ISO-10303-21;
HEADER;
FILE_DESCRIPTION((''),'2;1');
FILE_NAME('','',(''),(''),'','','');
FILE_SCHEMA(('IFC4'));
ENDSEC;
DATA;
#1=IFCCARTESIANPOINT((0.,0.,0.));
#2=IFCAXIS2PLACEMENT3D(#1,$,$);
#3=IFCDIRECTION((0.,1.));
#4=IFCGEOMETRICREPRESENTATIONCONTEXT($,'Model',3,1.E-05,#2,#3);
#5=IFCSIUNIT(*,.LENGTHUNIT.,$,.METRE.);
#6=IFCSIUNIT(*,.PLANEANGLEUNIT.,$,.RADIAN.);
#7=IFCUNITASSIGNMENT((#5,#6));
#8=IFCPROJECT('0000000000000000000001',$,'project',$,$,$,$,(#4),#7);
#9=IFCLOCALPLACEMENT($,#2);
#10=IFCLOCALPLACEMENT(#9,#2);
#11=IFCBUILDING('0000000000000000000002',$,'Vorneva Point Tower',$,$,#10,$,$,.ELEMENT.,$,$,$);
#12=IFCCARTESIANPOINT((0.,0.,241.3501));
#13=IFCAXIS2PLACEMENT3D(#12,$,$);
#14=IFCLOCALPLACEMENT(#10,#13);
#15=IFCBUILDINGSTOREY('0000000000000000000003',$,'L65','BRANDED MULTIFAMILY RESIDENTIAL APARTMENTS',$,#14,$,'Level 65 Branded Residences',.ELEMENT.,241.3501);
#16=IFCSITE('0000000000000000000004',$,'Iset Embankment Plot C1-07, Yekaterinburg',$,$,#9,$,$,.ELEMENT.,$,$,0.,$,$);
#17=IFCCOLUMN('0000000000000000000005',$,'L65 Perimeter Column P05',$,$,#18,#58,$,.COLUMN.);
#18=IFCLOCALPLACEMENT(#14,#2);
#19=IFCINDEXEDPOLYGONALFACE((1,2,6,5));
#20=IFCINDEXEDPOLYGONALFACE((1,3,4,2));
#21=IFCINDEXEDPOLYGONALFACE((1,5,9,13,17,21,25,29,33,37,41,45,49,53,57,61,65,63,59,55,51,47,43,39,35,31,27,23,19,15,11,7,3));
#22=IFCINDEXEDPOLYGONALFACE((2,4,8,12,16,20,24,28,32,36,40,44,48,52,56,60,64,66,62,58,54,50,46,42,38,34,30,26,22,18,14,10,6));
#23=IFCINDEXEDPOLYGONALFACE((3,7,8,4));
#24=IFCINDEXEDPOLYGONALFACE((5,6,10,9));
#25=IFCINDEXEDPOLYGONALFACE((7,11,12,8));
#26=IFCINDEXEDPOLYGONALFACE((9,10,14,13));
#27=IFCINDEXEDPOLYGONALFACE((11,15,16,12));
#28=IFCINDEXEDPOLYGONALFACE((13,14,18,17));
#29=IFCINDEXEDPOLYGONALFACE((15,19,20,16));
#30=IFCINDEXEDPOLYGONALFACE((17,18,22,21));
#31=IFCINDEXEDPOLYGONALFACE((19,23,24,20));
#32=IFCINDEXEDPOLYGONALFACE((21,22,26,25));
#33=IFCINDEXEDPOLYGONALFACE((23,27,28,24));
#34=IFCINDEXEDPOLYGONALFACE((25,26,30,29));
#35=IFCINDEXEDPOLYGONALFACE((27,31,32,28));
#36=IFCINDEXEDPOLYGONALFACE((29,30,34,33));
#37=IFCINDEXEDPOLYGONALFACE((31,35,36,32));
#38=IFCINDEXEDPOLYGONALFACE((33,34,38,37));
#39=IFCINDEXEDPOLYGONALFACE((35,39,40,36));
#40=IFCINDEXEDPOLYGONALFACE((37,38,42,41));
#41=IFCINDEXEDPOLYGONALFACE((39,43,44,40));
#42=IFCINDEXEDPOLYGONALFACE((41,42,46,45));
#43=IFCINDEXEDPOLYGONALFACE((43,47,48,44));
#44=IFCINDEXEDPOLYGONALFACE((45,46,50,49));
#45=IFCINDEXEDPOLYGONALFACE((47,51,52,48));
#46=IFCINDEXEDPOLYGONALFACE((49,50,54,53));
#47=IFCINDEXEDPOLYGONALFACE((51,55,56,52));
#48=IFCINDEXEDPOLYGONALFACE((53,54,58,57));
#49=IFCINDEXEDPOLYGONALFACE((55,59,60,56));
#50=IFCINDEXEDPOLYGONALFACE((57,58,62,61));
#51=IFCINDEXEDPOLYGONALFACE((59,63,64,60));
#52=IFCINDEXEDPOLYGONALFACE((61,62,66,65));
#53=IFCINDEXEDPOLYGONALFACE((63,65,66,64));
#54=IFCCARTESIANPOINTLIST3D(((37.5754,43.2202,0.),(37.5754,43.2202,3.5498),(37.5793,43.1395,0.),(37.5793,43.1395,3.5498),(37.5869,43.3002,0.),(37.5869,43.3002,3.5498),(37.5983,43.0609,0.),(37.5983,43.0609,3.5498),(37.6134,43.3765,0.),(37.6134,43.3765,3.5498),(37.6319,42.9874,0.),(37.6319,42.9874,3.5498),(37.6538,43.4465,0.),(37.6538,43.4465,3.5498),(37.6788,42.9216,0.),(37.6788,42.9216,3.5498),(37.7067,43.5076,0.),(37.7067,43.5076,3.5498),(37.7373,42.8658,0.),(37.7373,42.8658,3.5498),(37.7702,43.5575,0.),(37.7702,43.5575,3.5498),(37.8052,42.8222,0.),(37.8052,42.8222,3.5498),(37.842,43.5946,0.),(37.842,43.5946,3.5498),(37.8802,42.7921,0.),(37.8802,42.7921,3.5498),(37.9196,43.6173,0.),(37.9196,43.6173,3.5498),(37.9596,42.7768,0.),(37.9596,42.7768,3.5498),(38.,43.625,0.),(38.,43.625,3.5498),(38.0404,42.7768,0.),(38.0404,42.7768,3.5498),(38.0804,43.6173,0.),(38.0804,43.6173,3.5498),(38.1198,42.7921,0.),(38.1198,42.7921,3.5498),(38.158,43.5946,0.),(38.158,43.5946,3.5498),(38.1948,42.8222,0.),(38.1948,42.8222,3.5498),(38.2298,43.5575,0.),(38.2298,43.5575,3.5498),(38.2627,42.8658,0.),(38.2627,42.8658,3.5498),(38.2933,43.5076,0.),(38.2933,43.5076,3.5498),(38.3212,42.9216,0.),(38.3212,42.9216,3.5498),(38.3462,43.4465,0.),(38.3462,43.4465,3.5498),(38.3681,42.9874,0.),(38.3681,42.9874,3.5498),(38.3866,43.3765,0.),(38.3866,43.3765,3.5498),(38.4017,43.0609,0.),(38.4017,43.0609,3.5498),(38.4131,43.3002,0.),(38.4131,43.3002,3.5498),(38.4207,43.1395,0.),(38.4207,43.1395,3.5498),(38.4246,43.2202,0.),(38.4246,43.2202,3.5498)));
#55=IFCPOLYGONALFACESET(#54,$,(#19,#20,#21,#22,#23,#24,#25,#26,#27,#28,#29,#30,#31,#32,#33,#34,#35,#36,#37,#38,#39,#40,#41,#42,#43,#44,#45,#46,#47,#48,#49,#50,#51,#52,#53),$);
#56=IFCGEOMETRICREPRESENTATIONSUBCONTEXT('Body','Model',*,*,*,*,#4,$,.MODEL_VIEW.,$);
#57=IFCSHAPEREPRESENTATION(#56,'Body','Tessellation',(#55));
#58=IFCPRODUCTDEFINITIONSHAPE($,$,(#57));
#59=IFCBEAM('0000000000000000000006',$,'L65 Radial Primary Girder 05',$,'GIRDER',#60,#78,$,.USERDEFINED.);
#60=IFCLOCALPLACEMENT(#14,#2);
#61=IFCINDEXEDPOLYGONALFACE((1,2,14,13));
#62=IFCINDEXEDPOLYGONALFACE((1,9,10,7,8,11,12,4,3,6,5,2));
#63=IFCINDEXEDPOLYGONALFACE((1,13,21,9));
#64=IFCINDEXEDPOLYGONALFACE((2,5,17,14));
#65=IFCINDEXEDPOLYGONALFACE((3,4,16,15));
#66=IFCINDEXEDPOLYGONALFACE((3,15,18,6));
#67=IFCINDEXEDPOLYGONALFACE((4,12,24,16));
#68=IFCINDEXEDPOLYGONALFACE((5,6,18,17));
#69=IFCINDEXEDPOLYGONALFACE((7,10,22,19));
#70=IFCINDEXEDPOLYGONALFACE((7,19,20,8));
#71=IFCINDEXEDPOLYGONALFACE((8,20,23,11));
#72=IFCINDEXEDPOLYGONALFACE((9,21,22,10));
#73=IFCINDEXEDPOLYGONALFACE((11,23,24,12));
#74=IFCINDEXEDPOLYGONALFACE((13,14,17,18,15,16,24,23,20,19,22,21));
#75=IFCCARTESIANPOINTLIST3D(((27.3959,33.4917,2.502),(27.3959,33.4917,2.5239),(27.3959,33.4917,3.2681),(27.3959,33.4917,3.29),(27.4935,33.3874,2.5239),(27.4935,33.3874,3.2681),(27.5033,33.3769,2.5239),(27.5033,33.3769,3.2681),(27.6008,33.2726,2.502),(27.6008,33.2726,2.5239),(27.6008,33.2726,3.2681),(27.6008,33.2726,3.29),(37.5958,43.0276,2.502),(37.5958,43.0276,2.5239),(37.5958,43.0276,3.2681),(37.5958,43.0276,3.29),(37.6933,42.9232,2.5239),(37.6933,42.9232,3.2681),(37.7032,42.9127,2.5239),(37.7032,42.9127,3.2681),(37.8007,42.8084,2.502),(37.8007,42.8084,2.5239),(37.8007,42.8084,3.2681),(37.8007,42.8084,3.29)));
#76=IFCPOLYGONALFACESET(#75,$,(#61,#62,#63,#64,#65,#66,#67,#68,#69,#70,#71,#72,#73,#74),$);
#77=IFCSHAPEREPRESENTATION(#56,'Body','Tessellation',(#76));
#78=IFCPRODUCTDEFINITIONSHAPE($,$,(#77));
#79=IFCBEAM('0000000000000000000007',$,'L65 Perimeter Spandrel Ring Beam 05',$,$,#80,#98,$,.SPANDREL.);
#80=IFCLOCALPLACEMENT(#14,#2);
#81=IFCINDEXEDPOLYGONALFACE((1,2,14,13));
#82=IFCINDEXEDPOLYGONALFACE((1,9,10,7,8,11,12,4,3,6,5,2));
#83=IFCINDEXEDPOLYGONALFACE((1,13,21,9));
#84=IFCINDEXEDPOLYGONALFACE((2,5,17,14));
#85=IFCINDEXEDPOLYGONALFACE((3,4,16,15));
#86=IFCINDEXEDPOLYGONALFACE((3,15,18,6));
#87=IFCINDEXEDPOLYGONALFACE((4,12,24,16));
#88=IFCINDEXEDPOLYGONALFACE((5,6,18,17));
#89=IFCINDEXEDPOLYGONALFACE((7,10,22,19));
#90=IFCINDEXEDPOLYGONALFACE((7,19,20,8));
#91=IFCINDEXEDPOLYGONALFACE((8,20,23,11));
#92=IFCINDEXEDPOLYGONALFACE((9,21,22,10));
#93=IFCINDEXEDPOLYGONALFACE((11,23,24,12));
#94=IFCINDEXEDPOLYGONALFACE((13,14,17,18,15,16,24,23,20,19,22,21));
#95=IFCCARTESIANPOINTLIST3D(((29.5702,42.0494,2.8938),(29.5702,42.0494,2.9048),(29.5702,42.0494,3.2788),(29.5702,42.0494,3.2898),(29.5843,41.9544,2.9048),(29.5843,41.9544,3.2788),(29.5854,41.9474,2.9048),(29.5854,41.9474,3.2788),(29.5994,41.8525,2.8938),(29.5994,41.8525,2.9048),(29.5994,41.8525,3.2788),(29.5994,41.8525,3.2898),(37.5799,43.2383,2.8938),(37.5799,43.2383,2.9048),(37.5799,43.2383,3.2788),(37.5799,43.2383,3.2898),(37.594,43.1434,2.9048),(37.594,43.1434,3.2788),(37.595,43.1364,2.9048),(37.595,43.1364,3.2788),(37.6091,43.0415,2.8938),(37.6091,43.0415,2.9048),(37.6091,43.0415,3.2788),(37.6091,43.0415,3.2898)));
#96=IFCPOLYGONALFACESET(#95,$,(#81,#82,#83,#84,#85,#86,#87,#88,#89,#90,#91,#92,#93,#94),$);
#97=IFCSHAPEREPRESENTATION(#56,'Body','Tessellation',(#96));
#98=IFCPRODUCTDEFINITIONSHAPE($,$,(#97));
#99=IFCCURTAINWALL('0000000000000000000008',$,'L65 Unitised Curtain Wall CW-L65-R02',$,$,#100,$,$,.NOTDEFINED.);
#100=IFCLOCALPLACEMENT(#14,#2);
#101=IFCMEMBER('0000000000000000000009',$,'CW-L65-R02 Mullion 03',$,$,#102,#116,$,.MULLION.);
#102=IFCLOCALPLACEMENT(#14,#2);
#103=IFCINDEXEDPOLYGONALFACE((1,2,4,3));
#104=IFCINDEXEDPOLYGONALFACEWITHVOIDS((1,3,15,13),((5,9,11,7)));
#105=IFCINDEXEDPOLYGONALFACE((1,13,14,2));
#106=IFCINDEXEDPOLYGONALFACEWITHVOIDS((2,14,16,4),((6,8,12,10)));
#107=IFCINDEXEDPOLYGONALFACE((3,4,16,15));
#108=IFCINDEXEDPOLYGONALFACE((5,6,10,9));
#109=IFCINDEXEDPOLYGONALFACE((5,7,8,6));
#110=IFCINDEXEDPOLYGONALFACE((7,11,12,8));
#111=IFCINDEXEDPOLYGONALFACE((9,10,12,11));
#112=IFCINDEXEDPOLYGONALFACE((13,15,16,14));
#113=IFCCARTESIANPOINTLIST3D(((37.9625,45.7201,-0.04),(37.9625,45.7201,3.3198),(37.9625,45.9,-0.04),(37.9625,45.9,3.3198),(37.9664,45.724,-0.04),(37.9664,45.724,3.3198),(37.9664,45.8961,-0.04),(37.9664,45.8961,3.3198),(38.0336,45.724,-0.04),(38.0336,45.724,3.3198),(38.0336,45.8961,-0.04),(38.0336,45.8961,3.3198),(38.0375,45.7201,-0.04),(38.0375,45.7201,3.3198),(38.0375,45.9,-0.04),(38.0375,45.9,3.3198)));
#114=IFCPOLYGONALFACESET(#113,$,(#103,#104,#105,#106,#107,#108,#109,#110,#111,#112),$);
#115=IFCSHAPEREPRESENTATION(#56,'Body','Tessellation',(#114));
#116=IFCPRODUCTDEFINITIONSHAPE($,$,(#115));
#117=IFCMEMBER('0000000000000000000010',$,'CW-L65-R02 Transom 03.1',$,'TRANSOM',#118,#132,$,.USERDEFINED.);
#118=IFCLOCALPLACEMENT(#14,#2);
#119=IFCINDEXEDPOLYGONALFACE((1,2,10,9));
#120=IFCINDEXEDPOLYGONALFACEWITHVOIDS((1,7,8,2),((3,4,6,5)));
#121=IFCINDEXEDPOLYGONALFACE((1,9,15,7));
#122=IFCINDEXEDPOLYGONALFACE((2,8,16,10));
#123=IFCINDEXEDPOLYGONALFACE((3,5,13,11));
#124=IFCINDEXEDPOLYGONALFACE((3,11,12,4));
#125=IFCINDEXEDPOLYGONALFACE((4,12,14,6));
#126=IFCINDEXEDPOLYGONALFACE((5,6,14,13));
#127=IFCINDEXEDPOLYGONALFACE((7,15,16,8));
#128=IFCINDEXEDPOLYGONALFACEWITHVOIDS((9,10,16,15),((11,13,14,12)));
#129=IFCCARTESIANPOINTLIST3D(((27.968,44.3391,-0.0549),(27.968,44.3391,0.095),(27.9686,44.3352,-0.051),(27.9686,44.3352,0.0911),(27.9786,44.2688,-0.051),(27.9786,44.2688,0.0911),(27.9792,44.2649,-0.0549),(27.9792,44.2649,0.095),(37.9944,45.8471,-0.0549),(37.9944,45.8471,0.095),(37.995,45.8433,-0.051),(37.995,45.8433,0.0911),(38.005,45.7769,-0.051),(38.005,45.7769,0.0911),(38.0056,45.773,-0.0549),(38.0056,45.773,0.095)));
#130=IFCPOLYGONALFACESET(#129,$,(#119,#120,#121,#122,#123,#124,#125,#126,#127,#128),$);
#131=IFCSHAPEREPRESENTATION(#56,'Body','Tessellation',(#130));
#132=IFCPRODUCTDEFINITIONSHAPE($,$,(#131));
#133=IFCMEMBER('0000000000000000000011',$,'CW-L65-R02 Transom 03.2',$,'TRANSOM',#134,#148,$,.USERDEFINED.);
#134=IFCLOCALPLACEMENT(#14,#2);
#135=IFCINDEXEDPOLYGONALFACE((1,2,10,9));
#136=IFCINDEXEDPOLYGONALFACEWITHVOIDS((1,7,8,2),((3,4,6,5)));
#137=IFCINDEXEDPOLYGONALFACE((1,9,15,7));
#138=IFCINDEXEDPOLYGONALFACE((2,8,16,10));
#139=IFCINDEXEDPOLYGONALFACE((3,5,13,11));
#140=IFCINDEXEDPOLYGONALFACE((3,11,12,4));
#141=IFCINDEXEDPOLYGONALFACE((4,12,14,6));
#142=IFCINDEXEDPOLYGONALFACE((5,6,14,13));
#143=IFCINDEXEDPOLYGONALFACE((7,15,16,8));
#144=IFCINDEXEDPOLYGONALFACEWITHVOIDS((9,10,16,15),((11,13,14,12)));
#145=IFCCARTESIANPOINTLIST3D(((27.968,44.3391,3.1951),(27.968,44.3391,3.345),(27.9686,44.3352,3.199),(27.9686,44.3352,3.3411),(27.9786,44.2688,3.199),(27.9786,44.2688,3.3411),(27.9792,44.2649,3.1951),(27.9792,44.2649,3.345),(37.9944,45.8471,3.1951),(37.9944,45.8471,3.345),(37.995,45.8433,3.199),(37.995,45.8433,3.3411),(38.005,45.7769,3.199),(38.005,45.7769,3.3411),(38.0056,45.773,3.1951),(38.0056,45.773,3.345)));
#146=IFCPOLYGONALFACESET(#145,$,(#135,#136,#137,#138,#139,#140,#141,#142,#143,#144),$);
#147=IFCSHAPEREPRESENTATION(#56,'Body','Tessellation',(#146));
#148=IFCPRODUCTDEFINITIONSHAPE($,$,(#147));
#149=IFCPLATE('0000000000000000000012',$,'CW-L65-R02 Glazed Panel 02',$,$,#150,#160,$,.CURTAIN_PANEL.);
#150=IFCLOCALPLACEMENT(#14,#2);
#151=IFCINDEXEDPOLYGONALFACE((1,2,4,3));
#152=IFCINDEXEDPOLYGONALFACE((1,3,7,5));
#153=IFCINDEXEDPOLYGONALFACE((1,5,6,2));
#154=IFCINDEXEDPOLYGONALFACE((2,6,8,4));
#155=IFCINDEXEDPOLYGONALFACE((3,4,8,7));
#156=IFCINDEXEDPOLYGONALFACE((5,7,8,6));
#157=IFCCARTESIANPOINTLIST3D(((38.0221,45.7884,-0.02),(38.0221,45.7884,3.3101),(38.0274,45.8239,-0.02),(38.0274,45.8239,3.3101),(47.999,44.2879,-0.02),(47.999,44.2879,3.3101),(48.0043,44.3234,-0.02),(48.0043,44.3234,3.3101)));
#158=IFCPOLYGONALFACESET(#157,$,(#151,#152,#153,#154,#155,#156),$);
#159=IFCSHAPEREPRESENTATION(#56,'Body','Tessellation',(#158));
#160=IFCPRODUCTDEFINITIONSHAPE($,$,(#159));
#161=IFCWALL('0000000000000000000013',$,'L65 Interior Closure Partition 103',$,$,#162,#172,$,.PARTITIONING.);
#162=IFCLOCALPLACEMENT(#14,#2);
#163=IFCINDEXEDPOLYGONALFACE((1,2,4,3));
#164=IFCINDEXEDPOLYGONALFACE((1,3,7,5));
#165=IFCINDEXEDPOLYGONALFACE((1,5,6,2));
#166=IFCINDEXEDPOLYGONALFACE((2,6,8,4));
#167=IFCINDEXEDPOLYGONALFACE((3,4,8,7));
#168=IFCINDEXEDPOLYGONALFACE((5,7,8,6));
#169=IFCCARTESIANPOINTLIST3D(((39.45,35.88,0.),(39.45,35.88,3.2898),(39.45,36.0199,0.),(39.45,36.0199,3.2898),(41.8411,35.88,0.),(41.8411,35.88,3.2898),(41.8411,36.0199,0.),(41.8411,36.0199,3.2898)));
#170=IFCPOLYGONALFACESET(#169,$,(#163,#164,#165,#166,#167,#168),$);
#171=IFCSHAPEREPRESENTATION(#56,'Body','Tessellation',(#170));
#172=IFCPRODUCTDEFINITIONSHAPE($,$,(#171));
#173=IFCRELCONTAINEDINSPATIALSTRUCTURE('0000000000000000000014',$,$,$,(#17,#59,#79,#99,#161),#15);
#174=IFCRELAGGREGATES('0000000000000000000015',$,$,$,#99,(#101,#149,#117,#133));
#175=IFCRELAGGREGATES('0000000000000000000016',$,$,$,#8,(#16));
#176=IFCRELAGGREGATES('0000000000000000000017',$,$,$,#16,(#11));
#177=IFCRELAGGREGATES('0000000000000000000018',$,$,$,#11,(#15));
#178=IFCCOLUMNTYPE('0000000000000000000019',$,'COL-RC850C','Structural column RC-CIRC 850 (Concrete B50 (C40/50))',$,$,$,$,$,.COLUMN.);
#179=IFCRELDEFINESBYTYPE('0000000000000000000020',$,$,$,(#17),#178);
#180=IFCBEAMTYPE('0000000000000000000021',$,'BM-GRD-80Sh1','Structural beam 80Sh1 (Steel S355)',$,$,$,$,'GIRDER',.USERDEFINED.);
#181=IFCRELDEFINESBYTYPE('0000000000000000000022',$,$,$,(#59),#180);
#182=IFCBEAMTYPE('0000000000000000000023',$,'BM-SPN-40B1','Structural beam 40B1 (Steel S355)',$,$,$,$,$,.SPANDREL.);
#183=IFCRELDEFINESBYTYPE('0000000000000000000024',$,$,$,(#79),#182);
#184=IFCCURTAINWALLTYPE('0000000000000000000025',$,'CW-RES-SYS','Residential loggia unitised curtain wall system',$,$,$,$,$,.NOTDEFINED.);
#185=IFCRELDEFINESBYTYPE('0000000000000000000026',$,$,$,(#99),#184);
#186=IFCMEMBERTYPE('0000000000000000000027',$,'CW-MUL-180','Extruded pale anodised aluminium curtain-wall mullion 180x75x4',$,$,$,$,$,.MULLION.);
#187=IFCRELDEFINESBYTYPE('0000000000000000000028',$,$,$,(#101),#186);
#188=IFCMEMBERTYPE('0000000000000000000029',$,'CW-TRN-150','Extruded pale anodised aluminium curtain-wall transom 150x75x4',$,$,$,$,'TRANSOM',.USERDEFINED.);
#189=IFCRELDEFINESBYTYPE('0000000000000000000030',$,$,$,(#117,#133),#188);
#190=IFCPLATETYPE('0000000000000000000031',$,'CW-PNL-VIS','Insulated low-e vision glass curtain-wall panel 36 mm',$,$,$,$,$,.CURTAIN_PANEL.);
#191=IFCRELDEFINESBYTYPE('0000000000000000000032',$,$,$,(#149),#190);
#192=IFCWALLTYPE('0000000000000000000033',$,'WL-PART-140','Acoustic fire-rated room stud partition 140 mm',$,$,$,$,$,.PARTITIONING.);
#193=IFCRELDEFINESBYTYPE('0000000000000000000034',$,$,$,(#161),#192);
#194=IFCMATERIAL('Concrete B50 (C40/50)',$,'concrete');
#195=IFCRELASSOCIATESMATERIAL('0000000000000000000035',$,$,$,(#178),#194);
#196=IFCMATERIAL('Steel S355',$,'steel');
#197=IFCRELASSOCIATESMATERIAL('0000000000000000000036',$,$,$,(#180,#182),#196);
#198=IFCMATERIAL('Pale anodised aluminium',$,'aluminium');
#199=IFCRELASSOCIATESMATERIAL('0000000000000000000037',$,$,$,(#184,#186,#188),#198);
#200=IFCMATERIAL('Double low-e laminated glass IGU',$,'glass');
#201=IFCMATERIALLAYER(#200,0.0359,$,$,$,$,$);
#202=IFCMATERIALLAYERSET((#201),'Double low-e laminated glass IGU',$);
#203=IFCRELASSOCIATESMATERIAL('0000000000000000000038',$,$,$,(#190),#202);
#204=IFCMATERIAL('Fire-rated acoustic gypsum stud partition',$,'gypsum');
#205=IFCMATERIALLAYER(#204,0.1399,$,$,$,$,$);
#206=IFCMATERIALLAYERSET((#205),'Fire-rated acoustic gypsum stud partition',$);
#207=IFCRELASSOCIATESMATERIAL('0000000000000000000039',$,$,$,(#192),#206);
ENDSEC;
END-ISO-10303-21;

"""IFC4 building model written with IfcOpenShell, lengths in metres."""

from ifc_helpers import new_model, si_unit, direction, frame, frame_2d, origin, origin_2d, place, context, subcontext, project, spatial, rectangle, hollow_rectangle, circle, i_section, extrude, material, layer, layer_set, material_profile, profile_set, type_object, element, aggregate, save


model = new_model("IFC4")

# Units and contexts
model_context = context("Model", 3, precision=1e-05, world=origin(), true_north=direction((0.0, 1.0)))
body_context = subcontext(model_context, "Body", "Model", "MODEL_VIEW")
ifc_project = project(units=[si_unit("LENGTHUNIT", "METRE"), si_unit("PLANEANGLEUNIT", "RADIAN")], contexts=[model_context])

# Site, building, storey
site_placement = place(None, origin())
site = spatial("IfcSite", under=ifc_project, at=site_placement, Name="Iset Embankment Plot C1-07, Yekaterinburg", CompositionType="ELEMENT", RefElevation=0.0)
building_placement = place(site_placement, origin())
building = spatial("IfcBuilding", under=site, at=building_placement, Name="Vorneva Point Tower", CompositionType="ELEMENT")
storey_placement = place(building_placement, frame((0.0, 0.0, 241.3501)))
storey = spatial("IfcBuildingStorey", under=building, at=storey_placement, Name="L65", Description="BRANDED MULTIFAMILY RESIDENTIAL APARTMENTS", LongName="Level 65 Branded Residences", CompositionType="ELEMENT", Elevation=241.3501)

# Column
ifc_material_1 = material(Name="Concrete B50 (C40/50)", Category="concrete")
ifc_material_profile_1 = material_profile(ifc_material_1, circle(Radius=0.425, at=origin_2d()), Name="RC-CIRC 850")
ifc_profile_set_1 = profile_set([ifc_material_profile_1], Name="Concrete B50 (C40/50)")
column_type = type_object("IfcColumnType", Name="COL-RC850C", Description="Structural column RC-CIRC 850 (Concrete B50 (C40/50))", PredefinedType="COLUMN", material=ifc_profile_set_1)
column_placement = place(storey_placement, frame((38.0, 43.2, 0.0), z_axis=(0.0, 0.0, 1.0), x_axis=(0.0, 1.0, 0.0)))
element("IfcColumn", 1, at=column_placement, inside=storey, type_object=column_type, Name="L65 Perimeter Column P05", PredefinedType="COLUMN", context=body_context, shape_type="SweptSolid", body=[
    extrude(circle(Radius=0.425, at=origin_2d()), origin(), (0.0, 0.0, 1.0), 3.5498),
])

# Beams
ifc_material_2 = material(Name="Steel S355", Category="steel")
ifc_material_profile_2 = material_profile(ifc_material_2, i_section(OverallWidth=0.3, OverallDepth=0.7881, WebThickness=0.0144, FlangeThickness=0.022, at=origin_2d()), Name="80Sh1")
ifc_profile_set_2 = profile_set([ifc_material_profile_2], Name="Steel S355")
beam_type_1 = type_object("IfcBeamType", Name="BM-GRD-80Sh1", Description="Structural beam 80Sh1 (Steel S355)", ElementType="GIRDER", PredefinedType="USERDEFINED", material=ifc_profile_set_2)
beam_1_placement = place(storey_placement, frame((37.6982, 42.918, 2.896), z_axis=(-0.730486, -0.682928, 0.0), x_axis=(0.682928, -0.730486, 0.0)))
element("IfcBeam", 2, at=beam_1_placement, inside=storey, type_object=beam_type_1, Name="L65 Radial Primary Girder 05", ObjectType="GIRDER", PredefinedType="USERDEFINED", context=body_context, shape_type="SweptSolid", body=[
    extrude(i_section(OverallWidth=0.3, OverallDepth=0.7881, WebThickness=0.0144, FlangeThickness=0.022, at=origin_2d()), origin(), (0.0, 0.0, 1.0), 13.9631),
])
ifc_material_profile_3 = material_profile(ifc_material_2, i_section(OverallWidth=0.199, OverallDepth=0.396, WebThickness=0.0071, FlangeThickness=0.011, at=origin_2d()), Name="40B1")
ifc_profile_set_3 = profile_set([ifc_material_profile_3], Name="Steel S355")
beam_type_2 = type_object("IfcBeamType", Name="BM-SPN-40B1", Description="Structural beam 40B1 (Steel S355)", PredefinedType="SPANDREL", material=ifc_profile_set_3)
beam_2_placement = place(storey_placement, frame((37.5945, 43.1399, 3.0918), z_axis=(-0.989162, -0.146831, 0.0), x_axis=(0.146831, -0.989162, 0.0)))
element("IfcBeam", 3, at=beam_2_placement, inside=storey, type_object=beam_type_2, Name="L65 Perimeter Spandrel Ring Beam 05", PredefinedType="SPANDREL", context=body_context, shape_type="SweptSolid", body=[
    extrude(i_section(OverallWidth=0.199, OverallDepth=0.396, WebThickness=0.0071, FlangeThickness=0.011, at=origin_2d()), origin(), (0.0, 0.0, 1.0), 8.0974),
])

# Curtain wall, members, plate
ifc_material_3 = material(Name="Pale anodised aluminium", Category="aluminium")
curtain_wall_type = type_object("IfcCurtainWallType", Name="CW-RES-SYS", Description="Residential loggia unitised curtain wall system", PredefinedType="NOTDEFINED", material=ifc_material_3)
curtain_wall_placement = place(storey_placement, origin())
curtain_wall = element("IfcCurtainWall", 4, at=curtain_wall_placement, inside=storey, type_object=curtain_wall_type, Name="L65 Unitised Curtain Wall CW-L65-R02", PredefinedType="NOTDEFINED")
ifc_material_profile_4 = material_profile(ifc_material_3, hollow_rectangle(XDim=0.075, YDim=0.1799, WallThickness=0.0039, at=origin_2d()), Name="AL-MUL 180x75x4")
ifc_profile_set_4 = profile_set([ifc_material_profile_4], Name="Pale anodised aluminium")
member_type_1 = type_object("IfcMemberType", Name="CW-MUL-180", Description="Extruded pale anodised aluminium curtain-wall mullion 180x75x4", PredefinedType="MULLION", material=ifc_profile_set_4)
member_1_placement = place(storey_placement, frame((38.0, 45.8101, -0.04), z_axis=(0.0, 0.0, 1.0), x_axis=(1.0, 0.0, 0.0)))
member_1 = element("IfcMember", 5, at=member_1_placement, type_object=member_type_1, Name="CW-L65-R02 Mullion 03", PredefinedType="MULLION", context=body_context, shape_type="SweptSolid", body=[
    extrude(hollow_rectangle(XDim=0.075, YDim=0.1799, WallThickness=0.0039, at=origin_2d()), origin(), (0.0, 0.0, 1.0), 3.3599),
])
ifc_material_profile_5 = material_profile(ifc_material_3, hollow_rectangle(XDim=0.075, YDim=0.1499, WallThickness=0.0039, at=origin_2d()), Name="AL-TRN 150x75x4")
ifc_profile_set_5 = profile_set([ifc_material_profile_5], Name="Pale anodised aluminium")
member_type_2 = type_object("IfcMemberType", Name="CW-TRN-150", Description="Extruded pale anodised aluminium curtain-wall transom 150x75x4", ElementType="TRANSOM", PredefinedType="USERDEFINED", material=ifc_profile_set_5)
member_2_placement = place(storey_placement, frame((38.0, 45.8101, 0.02), z_axis=(-0.988877, -0.148736, 0.0), x_axis=(0.148736, -0.988877, 0.0)))
member_2 = element("IfcMember", 6, at=member_2_placement, type_object=member_type_2, Name="CW-L65-R02 Transom 03.1", ObjectType="TRANSOM", PredefinedType="USERDEFINED", context=body_context, shape_type="SweptSolid", body=[
    extrude(hollow_rectangle(XDim=0.075, YDim=0.1499, WallThickness=0.0039, at=origin_2d()), origin(), (0.0, 0.0, 1.0), 10.1392),
])
member_3_placement = place(storey_placement, frame((38.0, 45.8101, 3.27), z_axis=(-0.988877, -0.148736, 0.0), x_axis=(0.148736, -0.988877, 0.0)))
member_3 = element("IfcMember", 7, at=member_3_placement, type_object=member_type_2, Name="CW-L65-R02 Transom 03.2", ObjectType="TRANSOM", PredefinedType="USERDEFINED", context=body_context, shape_type="SweptSolid", body=[
    extrude(hollow_rectangle(XDim=0.075, YDim=0.1499, WallThickness=0.0039, at=origin_2d()), origin(), (0.0, 0.0, 1.0), 10.1392),
])
ifc_material_4 = material(Name="Double low-e laminated glass IGU", Category="glass")
ifc_layer_1 = layer(ifc_material_4, 0.0359)
ifc_layer_set_1 = layer_set([ifc_layer_1], Name="Double low-e laminated glass IGU")
plate_type = type_object("IfcPlateType", Name="CW-PNL-VIS", Description="Insulated low-e vision glass curtain-wall panel 36 mm", PredefinedType="CURTAIN_PANEL", material=ifc_layer_set_1)
plate_placement = place(storey_placement, frame((43.0132, 45.0559, -0.02), z_axis=(0.0, 0.0, 1.0), x_axis=(-0.988879, 0.148724, 0.0)))
plate = element("IfcPlate", 8, at=plate_placement, type_object=plate_type, Name="CW-L65-R02 Glazed Panel 02", PredefinedType="CURTAIN_PANEL", context=body_context, shape_type="SweptSolid", body=[
    extrude(rectangle(XDim=10.0891, YDim=0.0359, at=origin_2d()), origin(), (0.0, 0.0, 1.0), 3.3301),
])
aggregate(curtain_wall, [member_1, plate, member_2, member_3])

# Wall
ifc_material_5 = material(Name="Fire-rated acoustic gypsum stud partition", Category="gypsum")
ifc_layer_2 = layer(ifc_material_5, 0.1399)
ifc_layer_set_2 = layer_set([ifc_layer_2], Name="Fire-rated acoustic gypsum stud partition")
wall_type_1 = type_object("IfcWallType", Name="WL-PART-140", Description="Acoustic fire-rated room stud partition 140 mm", PredefinedType="PARTITIONING", material=ifc_layer_set_2)
wall_1_placement = place(storey_placement, frame((41.8411, 35.95, 0.0), z_axis=(0.0, 0.0, 1.0), x_axis=(-1.0, 0.0, 0.0)))
element("IfcWall", 9, at=wall_1_placement, inside=storey, type_object=wall_type_1, Name="L65 Interior Closure Partition 103", PredefinedType="PARTITIONING", context=body_context, shape_type="SweptSolid", body=[
    extrude(rectangle(XDim=2.3911, YDim=0.1399, at=frame_2d((1.1956, 0.0))), origin(), (0.0, 0.0, 1.0), 3.2898),
])

save(model, "model.ifc")
